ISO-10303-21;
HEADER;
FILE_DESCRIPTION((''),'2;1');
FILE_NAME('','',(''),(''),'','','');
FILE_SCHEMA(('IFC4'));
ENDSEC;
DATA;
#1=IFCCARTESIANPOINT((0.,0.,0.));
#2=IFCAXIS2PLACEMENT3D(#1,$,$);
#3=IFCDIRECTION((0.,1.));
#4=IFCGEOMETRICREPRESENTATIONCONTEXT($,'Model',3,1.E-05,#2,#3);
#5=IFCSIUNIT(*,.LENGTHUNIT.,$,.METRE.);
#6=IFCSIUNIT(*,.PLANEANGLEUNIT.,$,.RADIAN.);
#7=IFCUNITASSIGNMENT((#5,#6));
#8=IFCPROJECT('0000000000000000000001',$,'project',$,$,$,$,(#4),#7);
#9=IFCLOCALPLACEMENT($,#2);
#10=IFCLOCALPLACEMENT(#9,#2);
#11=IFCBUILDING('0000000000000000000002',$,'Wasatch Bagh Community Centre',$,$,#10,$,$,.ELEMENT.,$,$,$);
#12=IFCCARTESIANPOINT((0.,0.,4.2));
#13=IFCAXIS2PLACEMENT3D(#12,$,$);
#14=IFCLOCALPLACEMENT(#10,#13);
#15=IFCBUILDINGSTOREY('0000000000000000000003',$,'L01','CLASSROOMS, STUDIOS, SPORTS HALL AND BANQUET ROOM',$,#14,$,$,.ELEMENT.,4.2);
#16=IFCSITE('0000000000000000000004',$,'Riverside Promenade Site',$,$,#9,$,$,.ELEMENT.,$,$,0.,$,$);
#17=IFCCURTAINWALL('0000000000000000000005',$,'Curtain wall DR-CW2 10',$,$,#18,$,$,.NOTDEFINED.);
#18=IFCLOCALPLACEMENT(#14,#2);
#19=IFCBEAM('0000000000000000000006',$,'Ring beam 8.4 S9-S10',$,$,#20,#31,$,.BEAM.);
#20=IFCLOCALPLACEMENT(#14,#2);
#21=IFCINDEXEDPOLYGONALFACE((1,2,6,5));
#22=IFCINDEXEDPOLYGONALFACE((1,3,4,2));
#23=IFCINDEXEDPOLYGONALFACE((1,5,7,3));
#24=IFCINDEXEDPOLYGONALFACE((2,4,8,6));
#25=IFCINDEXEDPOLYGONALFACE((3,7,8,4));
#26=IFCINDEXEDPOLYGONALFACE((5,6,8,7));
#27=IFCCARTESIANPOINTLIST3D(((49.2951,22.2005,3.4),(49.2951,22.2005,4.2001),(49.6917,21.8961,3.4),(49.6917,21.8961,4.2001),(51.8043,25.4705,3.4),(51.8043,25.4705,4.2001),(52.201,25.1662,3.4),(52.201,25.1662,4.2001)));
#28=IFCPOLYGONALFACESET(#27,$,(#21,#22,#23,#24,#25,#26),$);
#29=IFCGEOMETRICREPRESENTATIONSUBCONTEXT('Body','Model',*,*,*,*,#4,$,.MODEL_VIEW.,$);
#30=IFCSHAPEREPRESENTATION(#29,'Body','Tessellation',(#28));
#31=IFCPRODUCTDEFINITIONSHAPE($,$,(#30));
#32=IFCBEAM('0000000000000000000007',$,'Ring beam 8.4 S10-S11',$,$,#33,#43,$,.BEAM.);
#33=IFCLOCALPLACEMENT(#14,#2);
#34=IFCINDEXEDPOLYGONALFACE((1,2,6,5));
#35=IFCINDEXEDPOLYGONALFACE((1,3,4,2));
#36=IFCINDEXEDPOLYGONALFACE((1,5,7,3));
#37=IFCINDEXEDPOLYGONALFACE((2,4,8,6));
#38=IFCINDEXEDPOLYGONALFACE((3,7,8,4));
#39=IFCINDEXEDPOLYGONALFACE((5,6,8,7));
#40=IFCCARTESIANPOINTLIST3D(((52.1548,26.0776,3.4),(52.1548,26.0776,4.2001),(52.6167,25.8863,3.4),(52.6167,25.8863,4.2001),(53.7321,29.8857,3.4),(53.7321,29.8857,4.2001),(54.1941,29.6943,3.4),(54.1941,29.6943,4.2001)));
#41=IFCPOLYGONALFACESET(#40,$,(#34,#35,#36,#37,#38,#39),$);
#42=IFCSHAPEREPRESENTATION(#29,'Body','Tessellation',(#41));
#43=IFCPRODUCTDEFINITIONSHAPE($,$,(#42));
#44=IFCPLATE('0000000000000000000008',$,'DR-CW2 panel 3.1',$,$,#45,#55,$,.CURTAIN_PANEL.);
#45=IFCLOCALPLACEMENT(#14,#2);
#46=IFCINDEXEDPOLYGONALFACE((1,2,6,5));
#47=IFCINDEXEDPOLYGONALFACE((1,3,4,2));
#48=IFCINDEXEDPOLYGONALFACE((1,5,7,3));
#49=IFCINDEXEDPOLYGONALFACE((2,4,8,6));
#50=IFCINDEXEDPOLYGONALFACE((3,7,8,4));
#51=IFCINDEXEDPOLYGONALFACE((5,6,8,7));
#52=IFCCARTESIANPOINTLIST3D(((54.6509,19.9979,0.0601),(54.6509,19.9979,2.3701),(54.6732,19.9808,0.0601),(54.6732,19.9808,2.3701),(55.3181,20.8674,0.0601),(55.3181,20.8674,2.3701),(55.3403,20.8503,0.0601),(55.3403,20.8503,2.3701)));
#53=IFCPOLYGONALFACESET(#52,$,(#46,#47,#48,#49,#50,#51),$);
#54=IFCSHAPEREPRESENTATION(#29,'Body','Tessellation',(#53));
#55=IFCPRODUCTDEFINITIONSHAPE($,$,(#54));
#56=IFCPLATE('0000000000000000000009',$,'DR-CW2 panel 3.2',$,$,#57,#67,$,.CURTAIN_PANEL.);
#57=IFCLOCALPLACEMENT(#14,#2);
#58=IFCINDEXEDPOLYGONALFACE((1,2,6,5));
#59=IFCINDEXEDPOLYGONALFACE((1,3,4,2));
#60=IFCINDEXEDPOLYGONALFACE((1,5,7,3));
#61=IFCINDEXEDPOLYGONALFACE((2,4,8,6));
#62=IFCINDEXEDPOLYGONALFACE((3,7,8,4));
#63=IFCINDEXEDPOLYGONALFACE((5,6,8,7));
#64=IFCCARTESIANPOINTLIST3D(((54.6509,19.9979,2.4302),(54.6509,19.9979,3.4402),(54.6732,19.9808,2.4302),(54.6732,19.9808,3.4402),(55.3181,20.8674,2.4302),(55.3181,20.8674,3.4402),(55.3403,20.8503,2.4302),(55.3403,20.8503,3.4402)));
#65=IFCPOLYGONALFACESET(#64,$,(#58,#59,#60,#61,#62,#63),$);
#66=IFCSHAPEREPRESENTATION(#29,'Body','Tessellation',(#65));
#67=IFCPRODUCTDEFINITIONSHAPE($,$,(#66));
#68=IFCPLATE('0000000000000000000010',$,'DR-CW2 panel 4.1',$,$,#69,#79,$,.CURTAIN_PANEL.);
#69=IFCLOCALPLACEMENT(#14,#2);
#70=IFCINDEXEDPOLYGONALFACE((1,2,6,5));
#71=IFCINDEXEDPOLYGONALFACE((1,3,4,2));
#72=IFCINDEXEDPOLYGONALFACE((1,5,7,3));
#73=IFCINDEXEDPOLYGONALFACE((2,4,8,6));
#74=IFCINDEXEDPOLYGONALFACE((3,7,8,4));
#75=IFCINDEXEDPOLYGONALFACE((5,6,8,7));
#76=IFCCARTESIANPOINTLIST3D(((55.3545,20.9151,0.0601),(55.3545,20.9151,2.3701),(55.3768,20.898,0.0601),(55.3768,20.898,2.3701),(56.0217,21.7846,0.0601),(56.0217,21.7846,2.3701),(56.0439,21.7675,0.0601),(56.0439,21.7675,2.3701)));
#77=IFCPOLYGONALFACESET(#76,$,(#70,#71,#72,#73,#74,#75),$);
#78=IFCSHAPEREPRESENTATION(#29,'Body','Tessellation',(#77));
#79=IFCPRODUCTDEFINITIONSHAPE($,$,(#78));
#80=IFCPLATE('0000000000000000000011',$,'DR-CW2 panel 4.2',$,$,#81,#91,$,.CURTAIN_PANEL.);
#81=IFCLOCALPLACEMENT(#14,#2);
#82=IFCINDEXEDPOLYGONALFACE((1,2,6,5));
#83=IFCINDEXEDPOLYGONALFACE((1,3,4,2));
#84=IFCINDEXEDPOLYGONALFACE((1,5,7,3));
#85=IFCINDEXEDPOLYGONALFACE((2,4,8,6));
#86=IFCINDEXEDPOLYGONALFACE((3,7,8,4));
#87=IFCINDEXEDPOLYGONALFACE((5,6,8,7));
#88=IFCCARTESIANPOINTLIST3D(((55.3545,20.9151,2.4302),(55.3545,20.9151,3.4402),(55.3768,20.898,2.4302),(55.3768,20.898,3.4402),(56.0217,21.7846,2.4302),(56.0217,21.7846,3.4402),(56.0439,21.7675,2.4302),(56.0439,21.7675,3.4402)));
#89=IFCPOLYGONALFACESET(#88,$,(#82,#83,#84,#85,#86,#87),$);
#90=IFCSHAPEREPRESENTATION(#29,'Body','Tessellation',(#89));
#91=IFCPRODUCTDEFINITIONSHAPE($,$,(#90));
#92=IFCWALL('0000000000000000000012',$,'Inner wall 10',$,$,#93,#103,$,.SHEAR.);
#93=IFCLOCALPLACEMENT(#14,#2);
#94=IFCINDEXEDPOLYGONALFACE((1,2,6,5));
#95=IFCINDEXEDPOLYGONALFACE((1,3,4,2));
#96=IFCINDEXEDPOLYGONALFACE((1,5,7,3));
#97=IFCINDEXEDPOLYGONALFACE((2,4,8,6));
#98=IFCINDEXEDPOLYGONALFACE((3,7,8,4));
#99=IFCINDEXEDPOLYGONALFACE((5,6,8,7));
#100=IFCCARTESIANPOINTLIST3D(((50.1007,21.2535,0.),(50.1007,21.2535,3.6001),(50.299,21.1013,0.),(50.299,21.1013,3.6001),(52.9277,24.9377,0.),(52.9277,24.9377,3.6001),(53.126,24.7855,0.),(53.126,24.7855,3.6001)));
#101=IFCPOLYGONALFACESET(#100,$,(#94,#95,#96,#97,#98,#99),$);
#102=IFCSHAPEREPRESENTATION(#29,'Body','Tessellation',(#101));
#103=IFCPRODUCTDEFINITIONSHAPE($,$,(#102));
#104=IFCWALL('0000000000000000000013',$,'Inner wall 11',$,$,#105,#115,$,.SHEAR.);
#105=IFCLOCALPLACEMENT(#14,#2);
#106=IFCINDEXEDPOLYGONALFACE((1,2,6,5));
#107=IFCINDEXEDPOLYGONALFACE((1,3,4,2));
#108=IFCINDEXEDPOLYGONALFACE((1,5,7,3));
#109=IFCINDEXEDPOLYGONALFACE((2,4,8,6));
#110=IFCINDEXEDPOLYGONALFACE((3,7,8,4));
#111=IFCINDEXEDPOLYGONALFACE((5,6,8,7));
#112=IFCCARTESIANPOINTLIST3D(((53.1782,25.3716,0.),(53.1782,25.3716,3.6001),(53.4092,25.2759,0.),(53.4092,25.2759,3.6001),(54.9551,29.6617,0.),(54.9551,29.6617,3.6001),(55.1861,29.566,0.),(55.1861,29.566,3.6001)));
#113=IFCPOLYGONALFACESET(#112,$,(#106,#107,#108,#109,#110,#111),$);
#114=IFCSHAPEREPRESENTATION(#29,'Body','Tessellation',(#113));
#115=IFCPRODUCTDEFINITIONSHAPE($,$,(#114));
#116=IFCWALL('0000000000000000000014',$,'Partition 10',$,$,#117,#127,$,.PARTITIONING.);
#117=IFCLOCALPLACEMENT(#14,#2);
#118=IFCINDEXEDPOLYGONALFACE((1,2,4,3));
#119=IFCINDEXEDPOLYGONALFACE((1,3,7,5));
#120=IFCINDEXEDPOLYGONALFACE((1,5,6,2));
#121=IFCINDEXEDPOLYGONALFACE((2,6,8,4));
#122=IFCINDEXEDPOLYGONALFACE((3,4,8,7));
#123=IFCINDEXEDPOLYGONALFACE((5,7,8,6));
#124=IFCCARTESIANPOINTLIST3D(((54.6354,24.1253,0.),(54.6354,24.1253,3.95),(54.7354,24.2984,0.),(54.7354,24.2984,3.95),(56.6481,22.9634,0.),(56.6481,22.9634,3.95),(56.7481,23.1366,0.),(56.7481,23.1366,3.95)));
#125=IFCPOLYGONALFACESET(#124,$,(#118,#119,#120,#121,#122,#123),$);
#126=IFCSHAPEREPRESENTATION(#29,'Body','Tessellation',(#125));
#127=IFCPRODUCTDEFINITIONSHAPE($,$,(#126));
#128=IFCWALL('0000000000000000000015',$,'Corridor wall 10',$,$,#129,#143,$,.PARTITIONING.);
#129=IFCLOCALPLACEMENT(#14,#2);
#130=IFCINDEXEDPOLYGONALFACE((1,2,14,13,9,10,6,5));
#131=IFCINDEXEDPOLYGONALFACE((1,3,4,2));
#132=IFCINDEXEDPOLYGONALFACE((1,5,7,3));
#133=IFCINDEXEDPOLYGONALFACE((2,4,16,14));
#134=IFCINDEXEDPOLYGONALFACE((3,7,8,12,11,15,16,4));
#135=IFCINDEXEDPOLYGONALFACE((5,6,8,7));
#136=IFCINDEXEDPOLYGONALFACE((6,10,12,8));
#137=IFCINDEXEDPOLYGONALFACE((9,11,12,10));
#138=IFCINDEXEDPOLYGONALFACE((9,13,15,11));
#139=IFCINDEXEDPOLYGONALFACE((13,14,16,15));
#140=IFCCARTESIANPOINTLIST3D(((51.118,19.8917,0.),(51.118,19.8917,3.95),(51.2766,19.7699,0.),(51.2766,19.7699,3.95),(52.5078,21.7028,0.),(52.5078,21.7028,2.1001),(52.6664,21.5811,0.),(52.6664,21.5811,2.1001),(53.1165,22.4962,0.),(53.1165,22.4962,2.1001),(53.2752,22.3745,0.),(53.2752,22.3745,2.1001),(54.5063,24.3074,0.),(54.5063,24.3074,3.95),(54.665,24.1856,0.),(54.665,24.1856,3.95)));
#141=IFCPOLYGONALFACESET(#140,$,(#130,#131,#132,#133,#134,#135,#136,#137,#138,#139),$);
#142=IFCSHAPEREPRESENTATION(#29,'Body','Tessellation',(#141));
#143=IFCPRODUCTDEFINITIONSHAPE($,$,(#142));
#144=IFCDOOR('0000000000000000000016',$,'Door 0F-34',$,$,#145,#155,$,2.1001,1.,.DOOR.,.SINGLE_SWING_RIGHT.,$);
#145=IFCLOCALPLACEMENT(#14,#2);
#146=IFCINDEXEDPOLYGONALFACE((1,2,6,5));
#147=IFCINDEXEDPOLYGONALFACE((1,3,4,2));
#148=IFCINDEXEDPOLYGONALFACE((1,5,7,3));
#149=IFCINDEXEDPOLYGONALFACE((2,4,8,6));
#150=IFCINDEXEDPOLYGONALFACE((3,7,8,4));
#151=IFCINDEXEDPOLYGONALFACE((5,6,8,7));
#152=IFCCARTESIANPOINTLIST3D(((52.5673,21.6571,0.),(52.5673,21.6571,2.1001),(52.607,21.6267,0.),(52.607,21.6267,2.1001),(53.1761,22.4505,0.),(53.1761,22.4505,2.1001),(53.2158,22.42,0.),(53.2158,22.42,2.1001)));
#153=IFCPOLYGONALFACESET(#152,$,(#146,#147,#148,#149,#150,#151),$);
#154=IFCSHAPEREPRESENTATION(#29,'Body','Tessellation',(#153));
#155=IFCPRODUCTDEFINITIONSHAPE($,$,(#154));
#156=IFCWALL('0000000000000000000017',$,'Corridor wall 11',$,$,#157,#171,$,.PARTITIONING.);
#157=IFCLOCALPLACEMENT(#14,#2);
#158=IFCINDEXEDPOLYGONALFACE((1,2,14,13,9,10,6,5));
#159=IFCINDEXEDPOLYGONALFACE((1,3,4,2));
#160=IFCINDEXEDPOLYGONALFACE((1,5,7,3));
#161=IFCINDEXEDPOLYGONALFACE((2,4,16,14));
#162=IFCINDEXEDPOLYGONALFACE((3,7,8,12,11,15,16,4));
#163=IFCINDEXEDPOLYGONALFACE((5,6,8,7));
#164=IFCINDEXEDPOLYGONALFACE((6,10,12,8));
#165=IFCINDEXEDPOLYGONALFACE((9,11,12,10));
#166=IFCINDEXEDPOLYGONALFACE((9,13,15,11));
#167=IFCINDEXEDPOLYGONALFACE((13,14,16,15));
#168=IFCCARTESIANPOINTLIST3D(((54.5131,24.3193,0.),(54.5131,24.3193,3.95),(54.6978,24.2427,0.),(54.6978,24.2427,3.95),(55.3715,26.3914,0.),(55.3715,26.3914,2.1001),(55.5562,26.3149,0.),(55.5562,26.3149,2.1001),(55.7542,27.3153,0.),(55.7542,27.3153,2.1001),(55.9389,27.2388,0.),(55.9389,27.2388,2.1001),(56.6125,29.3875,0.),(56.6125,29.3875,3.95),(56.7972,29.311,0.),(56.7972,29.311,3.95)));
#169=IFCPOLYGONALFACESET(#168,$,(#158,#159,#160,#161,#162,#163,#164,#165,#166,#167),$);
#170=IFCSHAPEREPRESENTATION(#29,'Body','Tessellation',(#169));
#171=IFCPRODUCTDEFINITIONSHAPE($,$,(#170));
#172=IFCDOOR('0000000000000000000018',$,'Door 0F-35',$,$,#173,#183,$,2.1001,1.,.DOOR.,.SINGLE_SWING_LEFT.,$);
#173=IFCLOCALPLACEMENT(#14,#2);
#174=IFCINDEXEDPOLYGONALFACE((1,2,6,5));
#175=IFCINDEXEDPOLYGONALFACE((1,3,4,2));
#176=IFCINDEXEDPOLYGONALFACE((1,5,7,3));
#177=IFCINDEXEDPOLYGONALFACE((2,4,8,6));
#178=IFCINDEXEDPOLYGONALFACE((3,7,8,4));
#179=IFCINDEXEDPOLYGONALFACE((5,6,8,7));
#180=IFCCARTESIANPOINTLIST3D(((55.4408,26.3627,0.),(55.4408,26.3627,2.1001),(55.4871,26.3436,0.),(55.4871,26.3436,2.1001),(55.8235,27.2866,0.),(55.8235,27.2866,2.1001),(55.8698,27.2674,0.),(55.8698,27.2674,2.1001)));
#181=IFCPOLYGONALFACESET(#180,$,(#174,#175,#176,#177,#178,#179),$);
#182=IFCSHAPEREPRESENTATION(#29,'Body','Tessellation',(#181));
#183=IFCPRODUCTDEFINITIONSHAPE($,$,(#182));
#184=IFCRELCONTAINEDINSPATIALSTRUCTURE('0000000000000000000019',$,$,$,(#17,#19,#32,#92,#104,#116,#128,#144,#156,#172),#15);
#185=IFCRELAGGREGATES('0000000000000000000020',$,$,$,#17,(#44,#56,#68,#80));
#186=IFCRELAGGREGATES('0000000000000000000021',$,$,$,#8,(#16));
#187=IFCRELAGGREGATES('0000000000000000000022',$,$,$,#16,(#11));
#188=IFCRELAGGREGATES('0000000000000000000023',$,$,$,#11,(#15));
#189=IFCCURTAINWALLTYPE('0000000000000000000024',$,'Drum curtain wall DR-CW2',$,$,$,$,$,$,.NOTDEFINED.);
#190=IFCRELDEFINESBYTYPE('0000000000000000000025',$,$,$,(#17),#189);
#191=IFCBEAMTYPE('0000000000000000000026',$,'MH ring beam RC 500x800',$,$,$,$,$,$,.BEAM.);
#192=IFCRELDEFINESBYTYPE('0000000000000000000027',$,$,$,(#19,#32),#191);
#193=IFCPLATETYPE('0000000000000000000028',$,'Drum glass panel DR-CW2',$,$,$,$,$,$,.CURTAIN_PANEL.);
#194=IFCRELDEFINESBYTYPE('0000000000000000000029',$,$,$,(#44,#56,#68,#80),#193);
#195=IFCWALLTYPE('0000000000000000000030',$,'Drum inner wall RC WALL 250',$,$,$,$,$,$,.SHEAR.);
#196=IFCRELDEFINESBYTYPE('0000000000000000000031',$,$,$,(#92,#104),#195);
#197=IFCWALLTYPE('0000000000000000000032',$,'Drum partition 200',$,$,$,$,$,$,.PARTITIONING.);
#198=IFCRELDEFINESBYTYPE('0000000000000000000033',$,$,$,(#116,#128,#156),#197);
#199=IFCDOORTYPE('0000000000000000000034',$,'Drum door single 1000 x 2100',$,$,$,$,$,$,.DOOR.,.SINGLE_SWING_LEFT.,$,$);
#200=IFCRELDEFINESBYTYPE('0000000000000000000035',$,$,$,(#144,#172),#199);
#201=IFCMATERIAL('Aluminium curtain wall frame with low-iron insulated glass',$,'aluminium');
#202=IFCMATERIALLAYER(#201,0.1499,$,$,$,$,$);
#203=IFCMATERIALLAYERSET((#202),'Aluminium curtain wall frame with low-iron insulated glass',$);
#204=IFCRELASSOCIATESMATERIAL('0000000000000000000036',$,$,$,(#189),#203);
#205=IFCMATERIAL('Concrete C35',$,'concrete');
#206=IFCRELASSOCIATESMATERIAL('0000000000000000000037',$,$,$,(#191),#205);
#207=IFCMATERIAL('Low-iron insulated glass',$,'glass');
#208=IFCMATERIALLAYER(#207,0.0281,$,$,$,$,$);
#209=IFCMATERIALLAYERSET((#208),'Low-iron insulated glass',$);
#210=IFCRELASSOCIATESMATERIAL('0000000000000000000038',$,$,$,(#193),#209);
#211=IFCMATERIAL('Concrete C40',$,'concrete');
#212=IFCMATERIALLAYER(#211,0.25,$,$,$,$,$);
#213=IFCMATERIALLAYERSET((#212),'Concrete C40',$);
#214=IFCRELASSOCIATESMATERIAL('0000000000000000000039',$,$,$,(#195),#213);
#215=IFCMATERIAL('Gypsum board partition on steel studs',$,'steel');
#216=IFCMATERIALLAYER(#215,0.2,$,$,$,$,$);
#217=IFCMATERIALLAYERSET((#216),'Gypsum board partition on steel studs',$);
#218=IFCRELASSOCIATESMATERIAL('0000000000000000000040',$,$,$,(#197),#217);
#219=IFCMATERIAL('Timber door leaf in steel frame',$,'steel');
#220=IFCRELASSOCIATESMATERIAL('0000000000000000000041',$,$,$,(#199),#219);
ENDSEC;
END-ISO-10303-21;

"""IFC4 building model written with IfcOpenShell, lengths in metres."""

from ifc_helpers import new_model, si_unit, direction, frame, frame_2d, origin, origin_2d, place, context, subcontext, project, spatial, rectangle, extrude, material, layer, layer_set, material_profile, profile_set, type_object, element, fill, aggregate, save


model = new_model("IFC4")

# Units and contexts
model_context = context("Model", 3, precision=1e-05, world=origin(), true_north=direction((0.0, 1.0)))
body_context = subcontext(model_context, "Body", "Model", "MODEL_VIEW")
ifc_project = project(units=[si_unit("LENGTHUNIT", "METRE"), si_unit("PLANEANGLEUNIT", "RADIAN")], contexts=[model_context])

# Site, building, storey
site_placement = place(None, origin())
site = spatial("IfcSite", under=ifc_project, at=site_placement, Name="Riverside Promenade Site", CompositionType="ELEMENT", RefElevation=0.0)
building_placement = place(site_placement, origin())
building = spatial("IfcBuilding", under=site, at=building_placement, Name="Wasatch Bagh Community Centre", CompositionType="ELEMENT")
storey_placement = place(building_placement, frame((0.0, 0.0, 4.2)))
storey = spatial("IfcBuildingStorey", under=building, at=storey_placement, Name="L01", Description="CLASSROOMS, STUDIOS, SPORTS HALL AND BANQUET ROOM", CompositionType="ELEMENT", Elevation=4.2)

# Shared definitions
ifc_material_1 = material(Name="Concrete C40", Category="concrete")

# Curtain wall
ifc_material_2 = material(Name="Aluminium curtain wall frame with low-iron insulated glass", Category="aluminium")
ifc_layer_1 = layer(ifc_material_2, 0.1499)
ifc_layer_set_1 = layer_set([ifc_layer_1], Name="Aluminium curtain wall frame with low-iron insulated glass")
curtain_wall_type = type_object("IfcCurtainWallType", Name="Drum curtain wall DR-CW2", PredefinedType="NOTDEFINED", material=ifc_layer_set_1)
curtain_wall_placement = place(storey_placement, origin())
curtain_wall = element("IfcCurtainWall", 1, at=curtain_wall_placement, inside=storey, type_object=curtain_wall_type, Name="Curtain wall DR-CW2 10", PredefinedType="NOTDEFINED")

# Shared definitions
ifc_material_3 = material(Name="Concrete C35", Category="concrete")

# Beams
ifc_material_profile_1 = material_profile(ifc_material_3, rectangle(XDim=0.5, YDim=0.8, at=origin_2d()), Name="RC 500x800")
ifc_profile_set_1 = profile_set([ifc_material_profile_1], Name="Concrete C35")
beam_type_1 = type_object("IfcBeamType", Name="MH ring beam RC 500x800", PredefinedType="BEAM", material=ifc_profile_set_1)
for number, where, z_axis, x_axis, name in (
    (2, (49.4934, 22.0483, 3.8), (0.608777, 0.793341, 0.0), (-0.793341, 0.608777, 0.0), "Ring beam 8.4 S9-S10"),
    (3, (52.3857, 25.9819, 3.8), (0.382688, 0.923878, 0.0), (-0.923878, 0.382688, 0.0), "Ring beam 8.4 S10-S11"),
):
    element("IfcBeam", number, at=place(storey_placement, frame(where, z_axis=z_axis, x_axis=x_axis)), inside=storey, type_object=beam_type_1, Name=name, PredefinedType="BEAM", context=body_context, shape_type="SweptSolid", body=[
        extrude(rectangle(XDim=0.5, YDim=0.8, at=origin_2d()), origin(), (0.0, 0.0, 1.0), 4.1218),
    ])

# Plates
ifc_material_4 = material(Name="Low-iron insulated glass", Category="glass")
ifc_layer_2 = layer(ifc_material_4, 0.0281)
ifc_layer_set_2 = layer_set([ifc_layer_2], Name="Low-iron insulated glass")
plate_type = type_object("IfcPlateType", Name="Drum glass panel DR-CW2", PredefinedType="CURTAIN_PANEL", material=ifc_layer_set_2)
plate_1_placement = place(storey_placement, frame((54.9956, 20.4241, 0.0601), z_axis=(0.0, 0.0, 1.0), x_axis=(0.608761, 0.793353, 0.0)))
plate_1 = element("IfcPlate", 4, at=plate_1_placement, type_object=plate_type, Name="DR-CW2 panel 3.1", PredefinedType="CURTAIN_PANEL", context=body_context, shape_type="SweptSolid", body=[
    extrude(rectangle(XDim=1.0959, YDim=0.0281, at=origin_2d()), origin(), (0.0, 0.0, 1.0), 2.3101),
])
plate_2_placement = place(storey_placement, frame((54.9956, 20.4241, 2.4302), z_axis=(0.0, 0.0, 1.0), x_axis=(0.608761, 0.793353, 0.0)))
plate_2 = element("IfcPlate", 5, at=plate_2_placement, type_object=plate_type, Name="DR-CW2 panel 3.2", PredefinedType="CURTAIN_PANEL", context=body_context, shape_type="SweptSolid", body=[
    extrude(rectangle(XDim=1.0959, YDim=0.0281, at=origin_2d()), origin(), (0.0, 0.0, 1.0), 1.01),
])
plate_3_placement = place(storey_placement, frame((55.6992, 21.3413, 0.0601), z_axis=(0.0, 0.0, 1.0), x_axis=(0.608761, 0.793353, 0.0)))
plate_3 = element("IfcPlate", 6, at=plate_3_placement, type_object=plate_type, Name="DR-CW2 panel 4.1", PredefinedType="CURTAIN_PANEL", context=body_context, shape_type="SweptSolid", body=[
    extrude(rectangle(XDim=1.0959, YDim=0.0281, at=origin_2d()), origin(), (0.0, 0.0, 1.0), 2.3101),
])
plate_4_placement = place(storey_placement, frame((55.6992, 21.3413, 2.4302), z_axis=(0.0, 0.0, 1.0), x_axis=(0.608761, 0.793353, 0.0)))
plate_4 = element("IfcPlate", 7, at=plate_4_placement, type_object=plate_type, Name="DR-CW2 panel 4.2", PredefinedType="CURTAIN_PANEL", context=body_context, shape_type="SweptSolid", body=[
    extrude(rectangle(XDim=1.0959, YDim=0.0281, at=origin_2d()), origin(), (0.0, 0.0, 1.0), 1.01),
])
aggregate(curtain_wall, [plate_1, plate_2, plate_3, plate_4])

# Walls
ifc_layer_3 = layer(ifc_material_1, 0.25)
ifc_layer_set_3 = layer_set([ifc_layer_3], Name="Concrete C40")
wall_type_1 = type_object("IfcWallType", Name="Drum inner wall RC WALL 250", PredefinedType="SHEAR", material=ifc_layer_set_3)
wall_1_placement = place(storey_placement, frame((50.2, 21.1775, 0.0), z_axis=(0.0, 0.0, 1.0), x_axis=(0.608763, 0.793352, 0.0)))
element("IfcWall", 8, at=wall_1_placement, inside=storey, type_object=wall_type_1, Name="Inner wall 10", PredefinedType="SHEAR", context=body_context, shape_type="SweptSolid", body=[
    extrude(rectangle(XDim=4.6438, YDim=0.25, at=frame_2d((2.3218, 0.0))), origin(), (0.0, 0.0, 1.0), 3.6001),
])
wall_2_placement = place(storey_placement, frame((53.2937, 25.3237, 0.0), z_axis=(0.0, 0.0, 1.0), x_axis=(0.382658, 0.92389, 0.0)))
element("IfcWall", 9, at=wall_2_placement, inside=storey, type_object=wall_type_1, Name="Inner wall 11", PredefinedType="SHEAR", context=body_context, shape_type="SweptSolid", body=[
    extrude(rectangle(XDim=4.6436, YDim=0.25, at=frame_2d((2.3218, 0.0))), origin(), (0.0, 0.0, 1.0), 3.6001),
])
ifc_material_5 = material(Name="Gypsum board partition on steel studs", Category="steel")
ifc_layer_4 = layer(ifc_material_5, 0.2)
ifc_layer_set_4 = layer_set([ifc_layer_4], Name="Gypsum board partition on steel studs")
wall_type_2 = type_object("IfcWallType", Name="Drum partition 200", PredefinedType="PARTITIONING", material=ifc_layer_set_4)
wall_3_placement = place(storey_placement, frame((54.6853, 24.2119, 0.0), z_axis=(0.0, 0.0, 1.0), x_axis=(0.866056, -0.499947, 0.0)))
element("IfcWall", 10, at=wall_3_placement, inside=storey, type_object=wall_type_2, Name="Partition 10", PredefinedType="PARTITIONING", context=body_context, shape_type="SweptSolid", body=[
    extrude(rectangle(XDim=2.324, YDim=0.2, at=frame_2d((1.1621, 0.0))), origin(), (0.0, 0.0, 1.0), 3.95),
])

# Walls, openings, doors
wall_4_placement = place(storey_placement, frame((51.1973, 19.8308, 0.0), z_axis=(0.0, 0.0, 1.0), x_axis=(0.608771, 0.793346, 0.0)))
wall_4 = element("IfcWall", 11, at=wall_4_placement, inside=storey, type_object=wall_type_2, Name="Corridor wall 10", PredefinedType="PARTITIONING", context=body_context, shape_type="SweptSolid", body=[
    extrude(rectangle(XDim=5.5659, YDim=0.2, at=frame_2d((2.783, 0.0))), origin(), (0.0, 0.0, 1.0), 3.95),
])
opening_1_placement = place(wall_4_placement, frame((2.283, 0.0, 0.0)))
opening_1 = element("IfcOpeningElement", 12, at=opening_1_placement, cuts=wall_4, PredefinedType="OPENING", context=body_context, shape_type="SweptSolid", body=[
    extrude(rectangle(XDim=1.0, YDim=2.1001, at=frame_2d((0.5, 1.05))), frame((0.0, 0.1099, 0.0), z_axis=(0.0, -1.0, 0.0), x_axis=(1.0, 0.0, 0.0)), (0.0, 0.0, 1.0), 0.22),
])
ifc_material_6 = material(Name="Timber door leaf in steel frame", Category="steel")
door_type = type_object("IfcDoorType", Name="Drum door single 1000 x 2100", OperationType="SINGLE_SWING_LEFT", PredefinedType="DOOR", material=ifc_material_6)
door_1_placement = place(opening_1_placement, origin())
door_1 = element("IfcDoor", 13, at=door_1_placement, inside=storey, type_object=door_type, Name="Door 0F-34", OperationType="SINGLE_SWING_RIGHT", OverallHeight=2.1001, OverallWidth=1.0, PredefinedType="DOOR", context=body_context, shape_type="SweptSolid", body=[
    extrude(rectangle(XDim=1.0, YDim=2.1001, at=frame_2d((0.5, 1.05))), frame((0.0, 0.0249, 0.0), z_axis=(0.0, -1.0, 0.0), x_axis=(1.0, 0.0, 0.0)), (0.0, 0.0, 1.0), 0.05),
])
fill(opening_1, door_1)
wall_5_placement = place(storey_placement, frame((54.6055, 24.281, 0.0), z_axis=(0.0, 0.0, 1.0), x_axis=(0.382696, 0.923874, 0.0)))
wall_5 = element("IfcWall", 14, at=wall_5_placement, inside=storey, type_object=wall_type_2, Name="Corridor wall 11", PredefinedType="PARTITIONING", context=body_context, shape_type="SweptSolid", body=[
    extrude(rectangle(XDim=5.4858, YDim=0.2, at=frame_2d((2.7429, 0.0))), origin(), (0.0, 0.0, 1.0), 3.95),
])
opening_2_placement = place(wall_5_placement, frame((2.2429, 0.0, 0.0)))
opening_2 = element("IfcOpeningElement", 15, at=opening_2_placement, cuts=wall_5, PredefinedType="OPENING", context=body_context, shape_type="SweptSolid", body=[
    extrude(rectangle(XDim=1.0, YDim=2.1001, at=frame_2d((0.5, 1.05))), frame((0.0, 0.1099, 0.0), z_axis=(0.0, -1.0, 0.0), x_axis=(1.0, 0.0, 0.0)), (0.0, 0.0, 1.0), 0.22),
])
door_2_placement = place(opening_2_placement, origin())
door_2 = element("IfcDoor", 16, at=door_2_placement, inside=storey, type_object=door_type, Name="Door 0F-35", OperationType="SINGLE_SWING_LEFT", OverallHeight=2.1001, OverallWidth=1.0, PredefinedType="DOOR", context=body_context, shape_type="SweptSolid", body=[
    extrude(rectangle(XDim=1.0, YDim=2.1001, at=frame_2d((0.5, 1.05))), frame((0.0, 0.0249, 0.0), z_axis=(0.0, -1.0, 0.0), x_axis=(1.0, 0.0, 0.0)), (0.0, 0.0, 1.0), 0.05),
])
fill(opening_2, door_2)

save(model, "model.ifc")
